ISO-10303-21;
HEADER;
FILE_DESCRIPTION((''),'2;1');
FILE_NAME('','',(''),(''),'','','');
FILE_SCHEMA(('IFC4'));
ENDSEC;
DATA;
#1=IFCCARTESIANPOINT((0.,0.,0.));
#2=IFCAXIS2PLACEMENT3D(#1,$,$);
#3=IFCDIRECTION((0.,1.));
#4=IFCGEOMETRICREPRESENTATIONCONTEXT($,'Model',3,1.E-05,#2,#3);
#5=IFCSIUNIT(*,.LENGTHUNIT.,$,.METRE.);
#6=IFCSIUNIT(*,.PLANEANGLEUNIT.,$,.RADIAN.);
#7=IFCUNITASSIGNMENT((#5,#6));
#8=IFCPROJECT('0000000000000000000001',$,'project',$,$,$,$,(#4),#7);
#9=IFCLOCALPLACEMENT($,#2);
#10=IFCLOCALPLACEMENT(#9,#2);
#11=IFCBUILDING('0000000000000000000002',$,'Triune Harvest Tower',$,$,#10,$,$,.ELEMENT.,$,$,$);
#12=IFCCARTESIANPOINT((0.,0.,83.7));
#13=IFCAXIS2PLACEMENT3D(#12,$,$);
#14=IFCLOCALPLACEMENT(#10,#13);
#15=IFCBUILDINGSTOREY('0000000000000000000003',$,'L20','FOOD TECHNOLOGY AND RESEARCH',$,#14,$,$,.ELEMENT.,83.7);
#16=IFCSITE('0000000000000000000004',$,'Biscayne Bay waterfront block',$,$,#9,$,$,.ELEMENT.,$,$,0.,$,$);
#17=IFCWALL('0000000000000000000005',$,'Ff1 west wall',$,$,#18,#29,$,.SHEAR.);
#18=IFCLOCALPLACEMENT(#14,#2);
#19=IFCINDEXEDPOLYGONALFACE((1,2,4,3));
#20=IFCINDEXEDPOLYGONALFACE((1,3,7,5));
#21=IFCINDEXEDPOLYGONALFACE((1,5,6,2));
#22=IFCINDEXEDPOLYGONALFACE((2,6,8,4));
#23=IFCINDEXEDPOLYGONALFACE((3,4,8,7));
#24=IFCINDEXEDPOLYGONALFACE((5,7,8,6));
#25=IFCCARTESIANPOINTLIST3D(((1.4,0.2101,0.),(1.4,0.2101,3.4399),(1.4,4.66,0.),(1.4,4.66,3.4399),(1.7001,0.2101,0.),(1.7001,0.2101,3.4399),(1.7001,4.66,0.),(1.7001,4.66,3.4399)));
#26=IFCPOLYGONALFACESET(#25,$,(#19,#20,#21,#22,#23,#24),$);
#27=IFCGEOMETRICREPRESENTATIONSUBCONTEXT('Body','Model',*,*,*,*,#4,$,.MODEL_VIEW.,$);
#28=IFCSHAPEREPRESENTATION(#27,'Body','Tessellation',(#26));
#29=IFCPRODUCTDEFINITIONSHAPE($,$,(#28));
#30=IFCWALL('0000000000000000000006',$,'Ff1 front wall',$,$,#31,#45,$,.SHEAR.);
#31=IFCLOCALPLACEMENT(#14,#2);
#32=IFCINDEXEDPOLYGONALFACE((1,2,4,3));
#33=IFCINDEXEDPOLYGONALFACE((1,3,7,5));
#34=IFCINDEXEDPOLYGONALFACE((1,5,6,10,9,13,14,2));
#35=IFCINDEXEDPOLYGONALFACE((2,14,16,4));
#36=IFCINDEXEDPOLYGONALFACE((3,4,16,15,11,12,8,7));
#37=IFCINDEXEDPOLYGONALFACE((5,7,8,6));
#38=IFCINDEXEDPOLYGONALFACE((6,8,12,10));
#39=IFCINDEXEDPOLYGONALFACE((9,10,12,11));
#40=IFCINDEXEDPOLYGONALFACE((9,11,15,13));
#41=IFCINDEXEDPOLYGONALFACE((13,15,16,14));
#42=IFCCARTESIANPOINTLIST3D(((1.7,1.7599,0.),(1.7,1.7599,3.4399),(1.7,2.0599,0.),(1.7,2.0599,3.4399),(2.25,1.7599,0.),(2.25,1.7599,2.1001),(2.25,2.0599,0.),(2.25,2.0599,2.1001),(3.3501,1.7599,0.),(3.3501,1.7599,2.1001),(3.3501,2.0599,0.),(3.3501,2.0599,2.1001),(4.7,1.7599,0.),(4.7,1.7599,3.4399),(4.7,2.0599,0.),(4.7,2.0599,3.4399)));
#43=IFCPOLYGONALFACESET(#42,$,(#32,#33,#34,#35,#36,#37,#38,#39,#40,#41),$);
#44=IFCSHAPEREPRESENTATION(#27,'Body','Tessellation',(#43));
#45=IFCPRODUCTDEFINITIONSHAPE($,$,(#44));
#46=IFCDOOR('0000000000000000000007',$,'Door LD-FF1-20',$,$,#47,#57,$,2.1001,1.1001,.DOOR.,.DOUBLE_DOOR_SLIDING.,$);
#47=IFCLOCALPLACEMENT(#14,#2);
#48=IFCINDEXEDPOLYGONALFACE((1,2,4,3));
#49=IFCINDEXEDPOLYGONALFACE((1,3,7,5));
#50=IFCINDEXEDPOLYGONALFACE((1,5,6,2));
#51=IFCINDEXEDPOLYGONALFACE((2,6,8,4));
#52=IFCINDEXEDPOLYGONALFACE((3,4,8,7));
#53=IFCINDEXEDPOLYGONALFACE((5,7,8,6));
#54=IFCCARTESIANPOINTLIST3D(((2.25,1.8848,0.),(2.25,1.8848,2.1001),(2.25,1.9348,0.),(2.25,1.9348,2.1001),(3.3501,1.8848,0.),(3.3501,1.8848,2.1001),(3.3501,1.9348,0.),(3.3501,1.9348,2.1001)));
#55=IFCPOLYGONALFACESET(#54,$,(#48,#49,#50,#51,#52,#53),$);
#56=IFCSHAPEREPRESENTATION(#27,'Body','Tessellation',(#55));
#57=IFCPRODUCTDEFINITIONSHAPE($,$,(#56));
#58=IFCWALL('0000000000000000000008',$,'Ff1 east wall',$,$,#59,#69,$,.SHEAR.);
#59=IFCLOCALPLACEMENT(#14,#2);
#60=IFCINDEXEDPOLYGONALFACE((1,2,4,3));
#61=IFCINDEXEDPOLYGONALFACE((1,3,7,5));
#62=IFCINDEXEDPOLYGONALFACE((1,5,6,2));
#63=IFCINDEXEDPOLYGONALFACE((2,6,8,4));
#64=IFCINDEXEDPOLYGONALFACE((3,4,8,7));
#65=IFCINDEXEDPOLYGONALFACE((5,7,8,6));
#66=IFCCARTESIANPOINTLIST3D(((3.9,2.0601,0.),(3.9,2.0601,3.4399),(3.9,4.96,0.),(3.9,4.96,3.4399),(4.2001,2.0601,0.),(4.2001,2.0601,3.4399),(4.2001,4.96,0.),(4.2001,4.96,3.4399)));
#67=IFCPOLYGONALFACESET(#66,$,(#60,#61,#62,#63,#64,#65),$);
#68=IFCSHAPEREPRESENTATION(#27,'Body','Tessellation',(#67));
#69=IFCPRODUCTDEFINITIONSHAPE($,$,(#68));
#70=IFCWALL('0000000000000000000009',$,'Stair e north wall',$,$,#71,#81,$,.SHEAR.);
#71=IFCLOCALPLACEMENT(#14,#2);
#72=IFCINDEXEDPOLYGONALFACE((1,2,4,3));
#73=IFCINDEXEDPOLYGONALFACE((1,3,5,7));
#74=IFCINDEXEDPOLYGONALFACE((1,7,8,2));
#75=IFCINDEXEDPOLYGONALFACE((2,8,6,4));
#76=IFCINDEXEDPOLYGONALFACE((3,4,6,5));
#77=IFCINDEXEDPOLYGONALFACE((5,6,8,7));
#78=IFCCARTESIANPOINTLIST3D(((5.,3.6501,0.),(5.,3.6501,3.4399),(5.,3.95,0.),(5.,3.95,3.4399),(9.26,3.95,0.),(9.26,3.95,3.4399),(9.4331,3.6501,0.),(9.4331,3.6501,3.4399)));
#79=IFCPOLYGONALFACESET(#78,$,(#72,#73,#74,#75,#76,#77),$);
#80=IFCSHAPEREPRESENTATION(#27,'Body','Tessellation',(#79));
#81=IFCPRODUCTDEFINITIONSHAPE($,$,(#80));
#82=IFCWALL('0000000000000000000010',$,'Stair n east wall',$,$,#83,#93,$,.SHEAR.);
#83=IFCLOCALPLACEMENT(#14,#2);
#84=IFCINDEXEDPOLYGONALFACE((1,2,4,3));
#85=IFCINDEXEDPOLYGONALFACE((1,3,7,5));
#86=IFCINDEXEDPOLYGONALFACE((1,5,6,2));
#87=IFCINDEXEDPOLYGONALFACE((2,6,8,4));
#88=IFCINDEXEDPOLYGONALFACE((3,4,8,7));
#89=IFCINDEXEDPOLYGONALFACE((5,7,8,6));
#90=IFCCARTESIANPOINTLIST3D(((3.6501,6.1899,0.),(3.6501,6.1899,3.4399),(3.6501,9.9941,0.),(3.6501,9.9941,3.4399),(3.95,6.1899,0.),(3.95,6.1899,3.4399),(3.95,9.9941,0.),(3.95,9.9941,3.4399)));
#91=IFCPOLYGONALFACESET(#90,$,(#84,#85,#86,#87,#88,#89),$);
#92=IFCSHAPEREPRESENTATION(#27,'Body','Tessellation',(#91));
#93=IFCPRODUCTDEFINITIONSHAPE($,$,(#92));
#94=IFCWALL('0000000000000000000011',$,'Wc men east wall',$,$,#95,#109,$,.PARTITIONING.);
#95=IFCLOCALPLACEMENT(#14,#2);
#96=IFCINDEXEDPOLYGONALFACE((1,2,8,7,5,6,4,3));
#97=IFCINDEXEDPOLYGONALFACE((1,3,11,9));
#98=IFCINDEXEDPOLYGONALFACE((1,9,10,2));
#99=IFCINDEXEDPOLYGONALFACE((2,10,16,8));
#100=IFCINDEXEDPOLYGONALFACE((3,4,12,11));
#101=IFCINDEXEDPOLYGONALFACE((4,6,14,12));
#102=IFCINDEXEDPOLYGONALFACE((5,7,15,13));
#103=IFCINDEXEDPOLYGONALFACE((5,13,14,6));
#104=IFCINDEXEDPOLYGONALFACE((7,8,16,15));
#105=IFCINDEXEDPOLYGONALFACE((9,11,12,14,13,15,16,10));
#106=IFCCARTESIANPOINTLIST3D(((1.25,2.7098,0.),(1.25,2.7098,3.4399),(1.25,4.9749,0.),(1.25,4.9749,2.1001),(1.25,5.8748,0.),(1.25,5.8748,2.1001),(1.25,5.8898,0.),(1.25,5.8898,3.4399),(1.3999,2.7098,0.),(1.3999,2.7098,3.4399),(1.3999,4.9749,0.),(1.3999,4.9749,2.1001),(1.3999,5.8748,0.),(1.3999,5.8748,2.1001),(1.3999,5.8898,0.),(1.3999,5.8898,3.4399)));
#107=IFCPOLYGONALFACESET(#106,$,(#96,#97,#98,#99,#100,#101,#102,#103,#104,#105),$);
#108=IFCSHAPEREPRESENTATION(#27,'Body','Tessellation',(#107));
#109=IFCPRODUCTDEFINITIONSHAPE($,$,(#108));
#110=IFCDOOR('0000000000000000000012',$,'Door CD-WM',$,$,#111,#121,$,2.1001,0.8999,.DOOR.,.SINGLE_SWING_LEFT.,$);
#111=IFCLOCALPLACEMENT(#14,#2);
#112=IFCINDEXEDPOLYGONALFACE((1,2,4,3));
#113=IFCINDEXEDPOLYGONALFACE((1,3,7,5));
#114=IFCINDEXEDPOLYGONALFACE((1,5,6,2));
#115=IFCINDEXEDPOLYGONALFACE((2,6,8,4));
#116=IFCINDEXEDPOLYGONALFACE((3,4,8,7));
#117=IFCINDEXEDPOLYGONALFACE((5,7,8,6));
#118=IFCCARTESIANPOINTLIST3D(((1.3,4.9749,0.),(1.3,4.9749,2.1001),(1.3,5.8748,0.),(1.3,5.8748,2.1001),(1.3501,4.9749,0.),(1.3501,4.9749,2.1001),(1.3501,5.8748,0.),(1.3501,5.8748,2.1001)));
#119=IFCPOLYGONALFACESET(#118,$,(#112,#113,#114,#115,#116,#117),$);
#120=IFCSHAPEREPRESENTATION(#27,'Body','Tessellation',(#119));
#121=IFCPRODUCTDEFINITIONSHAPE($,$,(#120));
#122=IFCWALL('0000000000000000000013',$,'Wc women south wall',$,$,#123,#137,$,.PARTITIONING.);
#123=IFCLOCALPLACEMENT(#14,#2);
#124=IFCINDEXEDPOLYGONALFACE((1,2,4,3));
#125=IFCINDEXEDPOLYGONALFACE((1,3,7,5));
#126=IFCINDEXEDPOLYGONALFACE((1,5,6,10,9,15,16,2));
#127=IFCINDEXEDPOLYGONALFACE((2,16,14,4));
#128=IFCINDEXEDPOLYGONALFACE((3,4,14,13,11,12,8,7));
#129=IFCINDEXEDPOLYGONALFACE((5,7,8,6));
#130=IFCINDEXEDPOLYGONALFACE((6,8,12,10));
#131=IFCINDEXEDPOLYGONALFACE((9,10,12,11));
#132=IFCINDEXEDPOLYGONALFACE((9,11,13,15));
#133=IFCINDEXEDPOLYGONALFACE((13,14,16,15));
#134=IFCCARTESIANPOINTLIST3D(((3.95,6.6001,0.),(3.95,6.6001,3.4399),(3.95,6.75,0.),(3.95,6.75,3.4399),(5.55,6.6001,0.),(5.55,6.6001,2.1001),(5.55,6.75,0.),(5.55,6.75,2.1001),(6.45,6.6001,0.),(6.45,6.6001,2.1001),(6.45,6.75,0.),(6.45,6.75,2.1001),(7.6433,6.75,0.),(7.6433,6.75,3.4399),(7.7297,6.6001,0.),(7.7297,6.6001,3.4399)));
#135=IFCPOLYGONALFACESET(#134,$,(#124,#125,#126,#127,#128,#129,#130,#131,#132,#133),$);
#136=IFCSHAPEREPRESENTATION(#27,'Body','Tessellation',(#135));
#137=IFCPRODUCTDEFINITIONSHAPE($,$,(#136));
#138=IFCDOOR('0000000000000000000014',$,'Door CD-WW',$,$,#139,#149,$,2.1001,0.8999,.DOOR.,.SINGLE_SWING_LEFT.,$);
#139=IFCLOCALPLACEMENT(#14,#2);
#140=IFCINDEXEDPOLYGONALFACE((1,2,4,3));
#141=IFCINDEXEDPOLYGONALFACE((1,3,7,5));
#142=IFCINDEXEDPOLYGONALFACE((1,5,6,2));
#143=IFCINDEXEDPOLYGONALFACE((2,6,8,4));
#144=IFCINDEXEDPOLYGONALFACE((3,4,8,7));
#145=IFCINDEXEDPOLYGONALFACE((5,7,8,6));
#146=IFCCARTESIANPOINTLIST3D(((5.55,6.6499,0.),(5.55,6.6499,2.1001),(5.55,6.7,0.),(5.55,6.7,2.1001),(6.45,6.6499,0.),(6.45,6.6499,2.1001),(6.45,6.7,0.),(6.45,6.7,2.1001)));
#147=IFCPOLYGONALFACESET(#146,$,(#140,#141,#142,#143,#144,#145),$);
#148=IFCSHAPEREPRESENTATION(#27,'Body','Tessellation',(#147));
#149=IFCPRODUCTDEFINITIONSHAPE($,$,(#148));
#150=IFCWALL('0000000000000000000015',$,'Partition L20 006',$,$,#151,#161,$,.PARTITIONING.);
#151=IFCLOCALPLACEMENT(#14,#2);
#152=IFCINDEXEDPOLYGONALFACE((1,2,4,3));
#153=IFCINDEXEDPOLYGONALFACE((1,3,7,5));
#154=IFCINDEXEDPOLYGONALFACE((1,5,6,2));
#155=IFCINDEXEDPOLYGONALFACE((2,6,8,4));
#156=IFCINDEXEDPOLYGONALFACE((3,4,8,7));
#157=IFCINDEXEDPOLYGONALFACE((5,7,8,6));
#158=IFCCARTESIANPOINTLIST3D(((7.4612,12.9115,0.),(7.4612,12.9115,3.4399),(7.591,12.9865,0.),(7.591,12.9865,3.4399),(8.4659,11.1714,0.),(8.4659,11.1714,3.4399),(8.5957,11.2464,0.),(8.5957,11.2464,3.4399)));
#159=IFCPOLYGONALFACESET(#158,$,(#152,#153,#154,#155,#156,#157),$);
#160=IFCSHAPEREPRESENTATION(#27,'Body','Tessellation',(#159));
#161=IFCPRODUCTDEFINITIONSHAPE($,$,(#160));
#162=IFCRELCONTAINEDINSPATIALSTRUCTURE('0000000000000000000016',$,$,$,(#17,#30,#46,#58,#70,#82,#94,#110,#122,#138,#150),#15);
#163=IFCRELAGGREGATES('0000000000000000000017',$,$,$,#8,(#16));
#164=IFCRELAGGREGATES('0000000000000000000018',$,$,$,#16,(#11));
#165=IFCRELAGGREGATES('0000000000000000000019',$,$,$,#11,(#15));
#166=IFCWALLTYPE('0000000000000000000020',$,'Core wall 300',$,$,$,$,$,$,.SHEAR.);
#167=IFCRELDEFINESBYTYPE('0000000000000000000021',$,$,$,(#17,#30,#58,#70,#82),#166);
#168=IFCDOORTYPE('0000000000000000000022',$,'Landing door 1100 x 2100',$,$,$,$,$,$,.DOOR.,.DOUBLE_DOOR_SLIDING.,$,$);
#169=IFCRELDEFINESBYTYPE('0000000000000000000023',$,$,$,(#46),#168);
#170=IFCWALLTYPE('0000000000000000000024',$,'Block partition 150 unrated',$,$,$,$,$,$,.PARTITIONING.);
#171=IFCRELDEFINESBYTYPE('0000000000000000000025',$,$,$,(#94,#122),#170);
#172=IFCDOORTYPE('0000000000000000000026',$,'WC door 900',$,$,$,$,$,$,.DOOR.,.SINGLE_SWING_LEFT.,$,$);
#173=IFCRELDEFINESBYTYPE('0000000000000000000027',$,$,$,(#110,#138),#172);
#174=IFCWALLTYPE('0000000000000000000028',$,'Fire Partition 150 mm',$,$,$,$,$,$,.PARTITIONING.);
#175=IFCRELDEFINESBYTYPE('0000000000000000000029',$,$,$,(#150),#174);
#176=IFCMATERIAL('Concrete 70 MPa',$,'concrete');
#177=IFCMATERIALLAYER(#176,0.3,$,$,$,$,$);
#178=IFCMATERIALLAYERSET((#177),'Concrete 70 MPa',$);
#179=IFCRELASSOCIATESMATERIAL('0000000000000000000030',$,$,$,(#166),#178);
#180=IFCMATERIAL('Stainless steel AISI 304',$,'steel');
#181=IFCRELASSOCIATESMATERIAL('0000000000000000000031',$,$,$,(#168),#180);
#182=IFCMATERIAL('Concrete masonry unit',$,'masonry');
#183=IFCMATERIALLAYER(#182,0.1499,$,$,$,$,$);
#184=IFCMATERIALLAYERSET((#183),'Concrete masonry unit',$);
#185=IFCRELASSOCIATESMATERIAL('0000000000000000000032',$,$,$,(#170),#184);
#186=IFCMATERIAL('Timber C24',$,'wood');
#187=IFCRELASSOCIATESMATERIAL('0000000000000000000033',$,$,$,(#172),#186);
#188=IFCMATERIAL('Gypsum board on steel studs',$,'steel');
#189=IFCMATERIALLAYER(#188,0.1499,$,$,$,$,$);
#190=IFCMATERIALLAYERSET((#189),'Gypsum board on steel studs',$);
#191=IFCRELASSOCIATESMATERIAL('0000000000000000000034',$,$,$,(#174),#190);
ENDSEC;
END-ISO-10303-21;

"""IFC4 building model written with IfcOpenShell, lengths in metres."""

from ifc_helpers import new_model, si_unit, direction, frame, frame_2d, origin, place, context, subcontext, project, spatial, polyline, rectangle, outline, extrude, source, transform, mapped, material, layer, layer_set, type_object, element, fill, save


model = new_model("IFC4")

# Units and contexts
model_context = context("Model", 3, precision=1e-05, world=origin(), true_north=direction((0.0, 1.0)))
body_context = subcontext(model_context, "Body", "Model", "MODEL_VIEW")
ifc_project = project(units=[si_unit("LENGTHUNIT", "METRE"), si_unit("PLANEANGLEUNIT", "RADIAN")], contexts=[model_context])

# Site, building, storey
site_placement = place(None, origin())
site = spatial("IfcSite", under=ifc_project, at=site_placement, Name="Biscayne Bay waterfront block", CompositionType="ELEMENT", RefElevation=0.0)
building_placement = place(site_placement, origin())
building = spatial("IfcBuilding", under=site, at=building_placement, Name="Triune Harvest Tower", CompositionType="ELEMENT")
storey_placement = place(building_placement, frame((0.0, 0.0, 83.7)))
storey = spatial("IfcBuildingStorey", under=building, at=storey_placement, Name="L20", Description="FOOD TECHNOLOGY AND RESEARCH", CompositionType="ELEMENT", Elevation=83.7)

# Wall
ifc_material_1 = material(Name="Concrete 70 MPa", Category="concrete")
ifc_layer_1 = layer(ifc_material_1, 0.3)
ifc_layer_set_1 = layer_set([ifc_layer_1], Name="Concrete 70 MPa")
wall_type_1 = type_object("IfcWallType", Name="Core wall 300", PredefinedType="SHEAR", material=ifc_layer_set_1)
shared_shape_1 = source(origin(), body_context, "Body", "SweptSolid", [
    extrude(rectangle(XDim=4.45, YDim=0.3, at=frame_2d((2.2251, 0.0))), origin(), (0.0, 0.0, 1.0), 3.4399),
])
wall_1_placement = place(storey_placement, frame((1.55, 0.21, 0.0), z_axis=(0.0, 0.0, 1.0), x_axis=(0.0, 1.0, 0.0)))
element("IfcWall", 1, at=wall_1_placement, inside=storey, type_object=wall_type_1, Name="Ff1 west wall", PredefinedType="SHEAR", context=body_context, shape_type="MappedRepresentation", body=[
    mapped(shared_shape_1, transform((0.0, 0.0, 0.0), scale=1.0)),
])

# Wall, opening, door
shared_shape_2 = source(origin(), body_context, "Body", "SweptSolid", [
    extrude(rectangle(XDim=3.0, YDim=0.3, at=frame_2d((1.5, 0.0))), origin(), (0.0, 0.0, 1.0), 3.4399),
])
wall_2_placement = place(storey_placement, frame((1.7, 1.9099, 0.0), z_axis=(0.0, 0.0, 1.0), x_axis=(1.0, 0.0, 0.0)))
wall_2 = element("IfcWall", 2, at=wall_2_placement, inside=storey, type_object=wall_type_1, Name="Ff1 front wall", PredefinedType="SHEAR", context=body_context, shape_type="MappedRepresentation", body=[
    mapped(shared_shape_2, transform((0.0, 0.0, 0.0), scale=1.0)),
])
opening_1_placement = place(wall_2_placement, frame((0.55, 0.0, 0.0)))
opening_1 = element("IfcOpeningElement", 3, at=opening_1_placement, cuts=wall_2, PredefinedType="OPENING", context=body_context, shape_type="SweptSolid", body=[
    extrude(rectangle(XDim=1.1001, YDim=2.1001, at=frame_2d((0.55, 1.05))), frame((0.0, 0.1602, 0.0), z_axis=(0.0, -1.0, 0.0), x_axis=(1.0, 0.0, 0.0)), (0.0, 0.0, 1.0), 0.3201),
])
ifc_material_2 = material(Name="Stainless steel AISI 304", Category="steel")
door_type_1 = type_object("IfcDoorType", Name="Landing door 1100 x 2100", OperationType="DOUBLE_DOOR_SLIDING", PredefinedType="DOOR", material=ifc_material_2)
door_1_placement = place(opening_1_placement, origin())
door_1 = element("IfcDoor", 4, at=door_1_placement, inside=storey, type_object=door_type_1, Name="Door LD-FF1-20", OperationType="DOUBLE_DOOR_SLIDING", OverallHeight=2.1001, OverallWidth=1.1001, PredefinedType="DOOR", context=body_context, shape_type="SweptSolid", body=[
    extrude(rectangle(XDim=1.1001, YDim=2.1001, at=frame_2d((0.55, 1.05))), frame((0.0, 0.0249, 0.0), z_axis=(0.0, -1.0, 0.0), x_axis=(1.0, 0.0, 0.0)), (0.0, 0.0, 1.0), 0.05),
])
fill(opening_1, door_1)

# Walls
shared_shape_3 = source(origin(), body_context, "Body", "SweptSolid", [
    extrude(rectangle(XDim=2.8999, YDim=0.3, at=frame_2d((1.45, 0.0))), origin(), (0.0, 0.0, 1.0), 3.4399),
])
wall_3_placement = place(storey_placement, frame((4.05, 2.0601, 0.0), z_axis=(0.0, 0.0, 1.0), x_axis=(0.0, 1.0, 0.0)))
element("IfcWall", 5, at=wall_3_placement, inside=storey, type_object=wall_type_1, Name="Ff1 east wall", PredefinedType="SHEAR", context=body_context, shape_type="MappedRepresentation", body=[
    mapped(shared_shape_3, transform((0.0, 0.0, 0.0), scale=1.0)),
])
shared_shape_4 = source(origin(), body_context, "Body", "SweptSolid", [
    extrude(outline(polyline([(0.0, -0.1499), (0.0, 0.1499), (4.26, 0.1499), (4.4331, -0.1499), (0.0, -0.1499)])), origin(), (0.0, 0.0, 1.0), 3.4399),
])
wall_4_placement = place(storey_placement, frame((5.0, 3.8, 0.0), z_axis=(0.0, 0.0, 1.0), x_axis=(1.0, 0.0, 0.0)))
element("IfcWall", 6, at=wall_4_placement, inside=storey, type_object=wall_type_1, Name="Stair e north wall", PredefinedType="SHEAR", context=body_context, shape_type="MappedRepresentation", body=[
    mapped(shared_shape_4, transform((0.0, 0.0, 0.0), scale=1.0)),
])
shared_shape_5 = source(origin(), body_context, "Body", "SweptSolid", [
    extrude(outline(polyline([(0.0, -0.1499), (0.0, 0.1499), (3.8042, 0.1499), (3.8042, -0.1499), (0.0, -0.1499)])), origin(), (0.0, 0.0, 1.0), 3.4399),
])
wall_5_placement = place(storey_placement, frame((3.8, 6.1899, 0.0), z_axis=(0.0, 0.0, 1.0), x_axis=(0.0, 1.0, 0.0)))
element("IfcWall", 7, at=wall_5_placement, inside=storey, type_object=wall_type_1, Name="Stair n east wall", PredefinedType="SHEAR", context=body_context, shape_type="MappedRepresentation", body=[
    mapped(shared_shape_5, transform((0.0, 0.0, 0.0), scale=1.0)),
])

# Walls, openings, doors
ifc_material_3 = material(Name="Concrete masonry unit", Category="masonry")
ifc_layer_2 = layer(ifc_material_3, 0.1499)
ifc_layer_set_2 = layer_set([ifc_layer_2], Name="Concrete masonry unit")
wall_type_2 = type_object("IfcWallType", Name="Block partition 150 unrated", PredefinedType="PARTITIONING", material=ifc_layer_set_2)
shared_shape_6 = source(origin(), body_context, "Body", "SweptSolid", [
    extrude(rectangle(XDim=3.1799, YDim=0.1499, at=frame_2d((1.5898, 0.0))), origin(), (0.0, 0.0, 1.0), 3.4399),
])
wall_6_placement = place(storey_placement, frame((1.325, 2.71, 0.0), z_axis=(0.0, 0.0, 1.0), x_axis=(0.0, 1.0, 0.0)))
wall_6 = element("IfcWall", 8, at=wall_6_placement, inside=storey, type_object=wall_type_2, Name="Wc men east wall", PredefinedType="PARTITIONING", context=body_context, shape_type="MappedRepresentation", body=[
    mapped(shared_shape_6, transform((0.0, 0.0, 0.0), scale=1.0)),
])
opening_2_placement = place(wall_6_placement, frame((2.2649, 0.0, 0.0)))
opening_2 = element("IfcOpeningElement", 9, at=opening_2_placement, cuts=wall_6, PredefinedType="OPENING", context=body_context, shape_type="SweptSolid", body=[
    extrude(rectangle(XDim=0.8999, YDim=2.1001, at=frame_2d((0.45, 1.05))), frame((0.0, 0.085, 0.0), z_axis=(0.0, -1.0, 0.0), x_axis=(1.0, 0.0, 0.0)), (0.0, 0.0, 1.0), 0.1699),
])
ifc_material_4 = material(Name="Timber C24", Category="wood")
door_type_2 = type_object("IfcDoorType", Name="WC door 900", OperationType="SINGLE_SWING_LEFT", PredefinedType="DOOR", material=ifc_material_4)
door_2_placement = place(opening_2_placement, origin())
door_2 = element("IfcDoor", 10, at=door_2_placement, inside=storey, type_object=door_type_2, Name="Door CD-WM", OperationType="SINGLE_SWING_LEFT", OverallHeight=2.1001, OverallWidth=0.8999, PredefinedType="DOOR", context=body_context, shape_type="SweptSolid", body=[
    extrude(rectangle(XDim=0.8999, YDim=2.1001, at=frame_2d((0.45, 1.05))), frame((0.0, 0.0249, 0.0), z_axis=(0.0, -1.0, 0.0), x_axis=(1.0, 0.0, 0.0)), (0.0, 0.0, 1.0), 0.05),
])
fill(opening_2, door_2)
shared_shape_7 = source(origin(), body_context, "Body", "SweptSolid", [
    extrude(outline(polyline([(0.0, -0.075), (0.0, 0.075), (3.6934, 0.075), (3.7798, -0.075), (0.0, -0.075)])), origin(), (0.0, 0.0, 1.0), 3.4399),
])
wall_7_placement = place(storey_placement, frame((3.95, 6.675, 0.0), z_axis=(0.0, 0.0, 1.0), x_axis=(1.0, 0.0, 0.0)))
wall_7 = element("IfcWall", 11, at=wall_7_placement, inside=storey, type_object=wall_type_2, Name="Wc women south wall", PredefinedType="PARTITIONING", context=body_context, shape_type="MappedRepresentation", body=[
    mapped(shared_shape_7, transform((0.0, 0.0, 0.0), scale=1.0)),
])
opening_3_placement = place(wall_7_placement, frame((1.6001, 0.0, 0.0)))
opening_3 = element("IfcOpeningElement", 12, at=opening_3_placement, cuts=wall_7, PredefinedType="OPENING", context=body_context, shape_type="SweptSolid", body=[
    extrude(rectangle(XDim=0.8999, YDim=2.1001, at=frame_2d((0.45, 1.05))), frame((0.0, 0.085, 0.0), z_axis=(0.0, -1.0, 0.0), x_axis=(1.0, 0.0, 0.0)), (0.0, 0.0, 1.0), 0.1699),
])
door_3_placement = place(opening_3_placement, origin())
door_3 = element("IfcDoor", 13, at=door_3_placement, inside=storey, type_object=door_type_2, Name="Door CD-WW", OperationType="SINGLE_SWING_LEFT", OverallHeight=2.1001, OverallWidth=0.8999, PredefinedType="DOOR", context=body_context, shape_type="SweptSolid", body=[
    extrude(rectangle(XDim=0.8999, YDim=2.1001, at=frame_2d((0.45, 1.05))), frame((0.0, 0.0249, 0.0), z_axis=(0.0, -1.0, 0.0), x_axis=(1.0, 0.0, 0.0)), (0.0, 0.0, 1.0), 0.05),
])
fill(opening_3, door_3)

# Wall
ifc_material_5 = material(Name="Gypsum board on steel studs", Category="steel")
ifc_layer_3 = layer(ifc_material_5, 0.1499)
ifc_layer_set_3 = layer_set([ifc_layer_3], Name="Gypsum board on steel studs")
wall_type_3 = type_object("IfcWallType", Name="Fire Partition 150 mm", PredefinedType="PARTITIONING", material=ifc_layer_set_3)
shared_shape_8 = source(origin(), body_context, "Body", "SweptSolid", [
    extrude(rectangle(XDim=2.0093, YDim=0.1499, at=frame_2d((1.0046, 0.0))), origin(), (0.0, 0.0, 1.0), 3.4399),
])
wall_8_placement = place(storey_placement, frame((7.5261, 12.949, 0.0), z_axis=(0.0, 0.0, 1.0), x_axis=(0.50002, -0.866014, 0.0)))
element("IfcWall", 14, at=wall_8_placement, inside=storey, type_object=wall_type_3, Name="Partition L20 006", PredefinedType="PARTITIONING", context=body_context, shape_type="MappedRepresentation", body=[
    mapped(shared_shape_8, transform((0.0, 0.0, 0.0), scale=1.0)),
])

save(model, "model.ifc")
